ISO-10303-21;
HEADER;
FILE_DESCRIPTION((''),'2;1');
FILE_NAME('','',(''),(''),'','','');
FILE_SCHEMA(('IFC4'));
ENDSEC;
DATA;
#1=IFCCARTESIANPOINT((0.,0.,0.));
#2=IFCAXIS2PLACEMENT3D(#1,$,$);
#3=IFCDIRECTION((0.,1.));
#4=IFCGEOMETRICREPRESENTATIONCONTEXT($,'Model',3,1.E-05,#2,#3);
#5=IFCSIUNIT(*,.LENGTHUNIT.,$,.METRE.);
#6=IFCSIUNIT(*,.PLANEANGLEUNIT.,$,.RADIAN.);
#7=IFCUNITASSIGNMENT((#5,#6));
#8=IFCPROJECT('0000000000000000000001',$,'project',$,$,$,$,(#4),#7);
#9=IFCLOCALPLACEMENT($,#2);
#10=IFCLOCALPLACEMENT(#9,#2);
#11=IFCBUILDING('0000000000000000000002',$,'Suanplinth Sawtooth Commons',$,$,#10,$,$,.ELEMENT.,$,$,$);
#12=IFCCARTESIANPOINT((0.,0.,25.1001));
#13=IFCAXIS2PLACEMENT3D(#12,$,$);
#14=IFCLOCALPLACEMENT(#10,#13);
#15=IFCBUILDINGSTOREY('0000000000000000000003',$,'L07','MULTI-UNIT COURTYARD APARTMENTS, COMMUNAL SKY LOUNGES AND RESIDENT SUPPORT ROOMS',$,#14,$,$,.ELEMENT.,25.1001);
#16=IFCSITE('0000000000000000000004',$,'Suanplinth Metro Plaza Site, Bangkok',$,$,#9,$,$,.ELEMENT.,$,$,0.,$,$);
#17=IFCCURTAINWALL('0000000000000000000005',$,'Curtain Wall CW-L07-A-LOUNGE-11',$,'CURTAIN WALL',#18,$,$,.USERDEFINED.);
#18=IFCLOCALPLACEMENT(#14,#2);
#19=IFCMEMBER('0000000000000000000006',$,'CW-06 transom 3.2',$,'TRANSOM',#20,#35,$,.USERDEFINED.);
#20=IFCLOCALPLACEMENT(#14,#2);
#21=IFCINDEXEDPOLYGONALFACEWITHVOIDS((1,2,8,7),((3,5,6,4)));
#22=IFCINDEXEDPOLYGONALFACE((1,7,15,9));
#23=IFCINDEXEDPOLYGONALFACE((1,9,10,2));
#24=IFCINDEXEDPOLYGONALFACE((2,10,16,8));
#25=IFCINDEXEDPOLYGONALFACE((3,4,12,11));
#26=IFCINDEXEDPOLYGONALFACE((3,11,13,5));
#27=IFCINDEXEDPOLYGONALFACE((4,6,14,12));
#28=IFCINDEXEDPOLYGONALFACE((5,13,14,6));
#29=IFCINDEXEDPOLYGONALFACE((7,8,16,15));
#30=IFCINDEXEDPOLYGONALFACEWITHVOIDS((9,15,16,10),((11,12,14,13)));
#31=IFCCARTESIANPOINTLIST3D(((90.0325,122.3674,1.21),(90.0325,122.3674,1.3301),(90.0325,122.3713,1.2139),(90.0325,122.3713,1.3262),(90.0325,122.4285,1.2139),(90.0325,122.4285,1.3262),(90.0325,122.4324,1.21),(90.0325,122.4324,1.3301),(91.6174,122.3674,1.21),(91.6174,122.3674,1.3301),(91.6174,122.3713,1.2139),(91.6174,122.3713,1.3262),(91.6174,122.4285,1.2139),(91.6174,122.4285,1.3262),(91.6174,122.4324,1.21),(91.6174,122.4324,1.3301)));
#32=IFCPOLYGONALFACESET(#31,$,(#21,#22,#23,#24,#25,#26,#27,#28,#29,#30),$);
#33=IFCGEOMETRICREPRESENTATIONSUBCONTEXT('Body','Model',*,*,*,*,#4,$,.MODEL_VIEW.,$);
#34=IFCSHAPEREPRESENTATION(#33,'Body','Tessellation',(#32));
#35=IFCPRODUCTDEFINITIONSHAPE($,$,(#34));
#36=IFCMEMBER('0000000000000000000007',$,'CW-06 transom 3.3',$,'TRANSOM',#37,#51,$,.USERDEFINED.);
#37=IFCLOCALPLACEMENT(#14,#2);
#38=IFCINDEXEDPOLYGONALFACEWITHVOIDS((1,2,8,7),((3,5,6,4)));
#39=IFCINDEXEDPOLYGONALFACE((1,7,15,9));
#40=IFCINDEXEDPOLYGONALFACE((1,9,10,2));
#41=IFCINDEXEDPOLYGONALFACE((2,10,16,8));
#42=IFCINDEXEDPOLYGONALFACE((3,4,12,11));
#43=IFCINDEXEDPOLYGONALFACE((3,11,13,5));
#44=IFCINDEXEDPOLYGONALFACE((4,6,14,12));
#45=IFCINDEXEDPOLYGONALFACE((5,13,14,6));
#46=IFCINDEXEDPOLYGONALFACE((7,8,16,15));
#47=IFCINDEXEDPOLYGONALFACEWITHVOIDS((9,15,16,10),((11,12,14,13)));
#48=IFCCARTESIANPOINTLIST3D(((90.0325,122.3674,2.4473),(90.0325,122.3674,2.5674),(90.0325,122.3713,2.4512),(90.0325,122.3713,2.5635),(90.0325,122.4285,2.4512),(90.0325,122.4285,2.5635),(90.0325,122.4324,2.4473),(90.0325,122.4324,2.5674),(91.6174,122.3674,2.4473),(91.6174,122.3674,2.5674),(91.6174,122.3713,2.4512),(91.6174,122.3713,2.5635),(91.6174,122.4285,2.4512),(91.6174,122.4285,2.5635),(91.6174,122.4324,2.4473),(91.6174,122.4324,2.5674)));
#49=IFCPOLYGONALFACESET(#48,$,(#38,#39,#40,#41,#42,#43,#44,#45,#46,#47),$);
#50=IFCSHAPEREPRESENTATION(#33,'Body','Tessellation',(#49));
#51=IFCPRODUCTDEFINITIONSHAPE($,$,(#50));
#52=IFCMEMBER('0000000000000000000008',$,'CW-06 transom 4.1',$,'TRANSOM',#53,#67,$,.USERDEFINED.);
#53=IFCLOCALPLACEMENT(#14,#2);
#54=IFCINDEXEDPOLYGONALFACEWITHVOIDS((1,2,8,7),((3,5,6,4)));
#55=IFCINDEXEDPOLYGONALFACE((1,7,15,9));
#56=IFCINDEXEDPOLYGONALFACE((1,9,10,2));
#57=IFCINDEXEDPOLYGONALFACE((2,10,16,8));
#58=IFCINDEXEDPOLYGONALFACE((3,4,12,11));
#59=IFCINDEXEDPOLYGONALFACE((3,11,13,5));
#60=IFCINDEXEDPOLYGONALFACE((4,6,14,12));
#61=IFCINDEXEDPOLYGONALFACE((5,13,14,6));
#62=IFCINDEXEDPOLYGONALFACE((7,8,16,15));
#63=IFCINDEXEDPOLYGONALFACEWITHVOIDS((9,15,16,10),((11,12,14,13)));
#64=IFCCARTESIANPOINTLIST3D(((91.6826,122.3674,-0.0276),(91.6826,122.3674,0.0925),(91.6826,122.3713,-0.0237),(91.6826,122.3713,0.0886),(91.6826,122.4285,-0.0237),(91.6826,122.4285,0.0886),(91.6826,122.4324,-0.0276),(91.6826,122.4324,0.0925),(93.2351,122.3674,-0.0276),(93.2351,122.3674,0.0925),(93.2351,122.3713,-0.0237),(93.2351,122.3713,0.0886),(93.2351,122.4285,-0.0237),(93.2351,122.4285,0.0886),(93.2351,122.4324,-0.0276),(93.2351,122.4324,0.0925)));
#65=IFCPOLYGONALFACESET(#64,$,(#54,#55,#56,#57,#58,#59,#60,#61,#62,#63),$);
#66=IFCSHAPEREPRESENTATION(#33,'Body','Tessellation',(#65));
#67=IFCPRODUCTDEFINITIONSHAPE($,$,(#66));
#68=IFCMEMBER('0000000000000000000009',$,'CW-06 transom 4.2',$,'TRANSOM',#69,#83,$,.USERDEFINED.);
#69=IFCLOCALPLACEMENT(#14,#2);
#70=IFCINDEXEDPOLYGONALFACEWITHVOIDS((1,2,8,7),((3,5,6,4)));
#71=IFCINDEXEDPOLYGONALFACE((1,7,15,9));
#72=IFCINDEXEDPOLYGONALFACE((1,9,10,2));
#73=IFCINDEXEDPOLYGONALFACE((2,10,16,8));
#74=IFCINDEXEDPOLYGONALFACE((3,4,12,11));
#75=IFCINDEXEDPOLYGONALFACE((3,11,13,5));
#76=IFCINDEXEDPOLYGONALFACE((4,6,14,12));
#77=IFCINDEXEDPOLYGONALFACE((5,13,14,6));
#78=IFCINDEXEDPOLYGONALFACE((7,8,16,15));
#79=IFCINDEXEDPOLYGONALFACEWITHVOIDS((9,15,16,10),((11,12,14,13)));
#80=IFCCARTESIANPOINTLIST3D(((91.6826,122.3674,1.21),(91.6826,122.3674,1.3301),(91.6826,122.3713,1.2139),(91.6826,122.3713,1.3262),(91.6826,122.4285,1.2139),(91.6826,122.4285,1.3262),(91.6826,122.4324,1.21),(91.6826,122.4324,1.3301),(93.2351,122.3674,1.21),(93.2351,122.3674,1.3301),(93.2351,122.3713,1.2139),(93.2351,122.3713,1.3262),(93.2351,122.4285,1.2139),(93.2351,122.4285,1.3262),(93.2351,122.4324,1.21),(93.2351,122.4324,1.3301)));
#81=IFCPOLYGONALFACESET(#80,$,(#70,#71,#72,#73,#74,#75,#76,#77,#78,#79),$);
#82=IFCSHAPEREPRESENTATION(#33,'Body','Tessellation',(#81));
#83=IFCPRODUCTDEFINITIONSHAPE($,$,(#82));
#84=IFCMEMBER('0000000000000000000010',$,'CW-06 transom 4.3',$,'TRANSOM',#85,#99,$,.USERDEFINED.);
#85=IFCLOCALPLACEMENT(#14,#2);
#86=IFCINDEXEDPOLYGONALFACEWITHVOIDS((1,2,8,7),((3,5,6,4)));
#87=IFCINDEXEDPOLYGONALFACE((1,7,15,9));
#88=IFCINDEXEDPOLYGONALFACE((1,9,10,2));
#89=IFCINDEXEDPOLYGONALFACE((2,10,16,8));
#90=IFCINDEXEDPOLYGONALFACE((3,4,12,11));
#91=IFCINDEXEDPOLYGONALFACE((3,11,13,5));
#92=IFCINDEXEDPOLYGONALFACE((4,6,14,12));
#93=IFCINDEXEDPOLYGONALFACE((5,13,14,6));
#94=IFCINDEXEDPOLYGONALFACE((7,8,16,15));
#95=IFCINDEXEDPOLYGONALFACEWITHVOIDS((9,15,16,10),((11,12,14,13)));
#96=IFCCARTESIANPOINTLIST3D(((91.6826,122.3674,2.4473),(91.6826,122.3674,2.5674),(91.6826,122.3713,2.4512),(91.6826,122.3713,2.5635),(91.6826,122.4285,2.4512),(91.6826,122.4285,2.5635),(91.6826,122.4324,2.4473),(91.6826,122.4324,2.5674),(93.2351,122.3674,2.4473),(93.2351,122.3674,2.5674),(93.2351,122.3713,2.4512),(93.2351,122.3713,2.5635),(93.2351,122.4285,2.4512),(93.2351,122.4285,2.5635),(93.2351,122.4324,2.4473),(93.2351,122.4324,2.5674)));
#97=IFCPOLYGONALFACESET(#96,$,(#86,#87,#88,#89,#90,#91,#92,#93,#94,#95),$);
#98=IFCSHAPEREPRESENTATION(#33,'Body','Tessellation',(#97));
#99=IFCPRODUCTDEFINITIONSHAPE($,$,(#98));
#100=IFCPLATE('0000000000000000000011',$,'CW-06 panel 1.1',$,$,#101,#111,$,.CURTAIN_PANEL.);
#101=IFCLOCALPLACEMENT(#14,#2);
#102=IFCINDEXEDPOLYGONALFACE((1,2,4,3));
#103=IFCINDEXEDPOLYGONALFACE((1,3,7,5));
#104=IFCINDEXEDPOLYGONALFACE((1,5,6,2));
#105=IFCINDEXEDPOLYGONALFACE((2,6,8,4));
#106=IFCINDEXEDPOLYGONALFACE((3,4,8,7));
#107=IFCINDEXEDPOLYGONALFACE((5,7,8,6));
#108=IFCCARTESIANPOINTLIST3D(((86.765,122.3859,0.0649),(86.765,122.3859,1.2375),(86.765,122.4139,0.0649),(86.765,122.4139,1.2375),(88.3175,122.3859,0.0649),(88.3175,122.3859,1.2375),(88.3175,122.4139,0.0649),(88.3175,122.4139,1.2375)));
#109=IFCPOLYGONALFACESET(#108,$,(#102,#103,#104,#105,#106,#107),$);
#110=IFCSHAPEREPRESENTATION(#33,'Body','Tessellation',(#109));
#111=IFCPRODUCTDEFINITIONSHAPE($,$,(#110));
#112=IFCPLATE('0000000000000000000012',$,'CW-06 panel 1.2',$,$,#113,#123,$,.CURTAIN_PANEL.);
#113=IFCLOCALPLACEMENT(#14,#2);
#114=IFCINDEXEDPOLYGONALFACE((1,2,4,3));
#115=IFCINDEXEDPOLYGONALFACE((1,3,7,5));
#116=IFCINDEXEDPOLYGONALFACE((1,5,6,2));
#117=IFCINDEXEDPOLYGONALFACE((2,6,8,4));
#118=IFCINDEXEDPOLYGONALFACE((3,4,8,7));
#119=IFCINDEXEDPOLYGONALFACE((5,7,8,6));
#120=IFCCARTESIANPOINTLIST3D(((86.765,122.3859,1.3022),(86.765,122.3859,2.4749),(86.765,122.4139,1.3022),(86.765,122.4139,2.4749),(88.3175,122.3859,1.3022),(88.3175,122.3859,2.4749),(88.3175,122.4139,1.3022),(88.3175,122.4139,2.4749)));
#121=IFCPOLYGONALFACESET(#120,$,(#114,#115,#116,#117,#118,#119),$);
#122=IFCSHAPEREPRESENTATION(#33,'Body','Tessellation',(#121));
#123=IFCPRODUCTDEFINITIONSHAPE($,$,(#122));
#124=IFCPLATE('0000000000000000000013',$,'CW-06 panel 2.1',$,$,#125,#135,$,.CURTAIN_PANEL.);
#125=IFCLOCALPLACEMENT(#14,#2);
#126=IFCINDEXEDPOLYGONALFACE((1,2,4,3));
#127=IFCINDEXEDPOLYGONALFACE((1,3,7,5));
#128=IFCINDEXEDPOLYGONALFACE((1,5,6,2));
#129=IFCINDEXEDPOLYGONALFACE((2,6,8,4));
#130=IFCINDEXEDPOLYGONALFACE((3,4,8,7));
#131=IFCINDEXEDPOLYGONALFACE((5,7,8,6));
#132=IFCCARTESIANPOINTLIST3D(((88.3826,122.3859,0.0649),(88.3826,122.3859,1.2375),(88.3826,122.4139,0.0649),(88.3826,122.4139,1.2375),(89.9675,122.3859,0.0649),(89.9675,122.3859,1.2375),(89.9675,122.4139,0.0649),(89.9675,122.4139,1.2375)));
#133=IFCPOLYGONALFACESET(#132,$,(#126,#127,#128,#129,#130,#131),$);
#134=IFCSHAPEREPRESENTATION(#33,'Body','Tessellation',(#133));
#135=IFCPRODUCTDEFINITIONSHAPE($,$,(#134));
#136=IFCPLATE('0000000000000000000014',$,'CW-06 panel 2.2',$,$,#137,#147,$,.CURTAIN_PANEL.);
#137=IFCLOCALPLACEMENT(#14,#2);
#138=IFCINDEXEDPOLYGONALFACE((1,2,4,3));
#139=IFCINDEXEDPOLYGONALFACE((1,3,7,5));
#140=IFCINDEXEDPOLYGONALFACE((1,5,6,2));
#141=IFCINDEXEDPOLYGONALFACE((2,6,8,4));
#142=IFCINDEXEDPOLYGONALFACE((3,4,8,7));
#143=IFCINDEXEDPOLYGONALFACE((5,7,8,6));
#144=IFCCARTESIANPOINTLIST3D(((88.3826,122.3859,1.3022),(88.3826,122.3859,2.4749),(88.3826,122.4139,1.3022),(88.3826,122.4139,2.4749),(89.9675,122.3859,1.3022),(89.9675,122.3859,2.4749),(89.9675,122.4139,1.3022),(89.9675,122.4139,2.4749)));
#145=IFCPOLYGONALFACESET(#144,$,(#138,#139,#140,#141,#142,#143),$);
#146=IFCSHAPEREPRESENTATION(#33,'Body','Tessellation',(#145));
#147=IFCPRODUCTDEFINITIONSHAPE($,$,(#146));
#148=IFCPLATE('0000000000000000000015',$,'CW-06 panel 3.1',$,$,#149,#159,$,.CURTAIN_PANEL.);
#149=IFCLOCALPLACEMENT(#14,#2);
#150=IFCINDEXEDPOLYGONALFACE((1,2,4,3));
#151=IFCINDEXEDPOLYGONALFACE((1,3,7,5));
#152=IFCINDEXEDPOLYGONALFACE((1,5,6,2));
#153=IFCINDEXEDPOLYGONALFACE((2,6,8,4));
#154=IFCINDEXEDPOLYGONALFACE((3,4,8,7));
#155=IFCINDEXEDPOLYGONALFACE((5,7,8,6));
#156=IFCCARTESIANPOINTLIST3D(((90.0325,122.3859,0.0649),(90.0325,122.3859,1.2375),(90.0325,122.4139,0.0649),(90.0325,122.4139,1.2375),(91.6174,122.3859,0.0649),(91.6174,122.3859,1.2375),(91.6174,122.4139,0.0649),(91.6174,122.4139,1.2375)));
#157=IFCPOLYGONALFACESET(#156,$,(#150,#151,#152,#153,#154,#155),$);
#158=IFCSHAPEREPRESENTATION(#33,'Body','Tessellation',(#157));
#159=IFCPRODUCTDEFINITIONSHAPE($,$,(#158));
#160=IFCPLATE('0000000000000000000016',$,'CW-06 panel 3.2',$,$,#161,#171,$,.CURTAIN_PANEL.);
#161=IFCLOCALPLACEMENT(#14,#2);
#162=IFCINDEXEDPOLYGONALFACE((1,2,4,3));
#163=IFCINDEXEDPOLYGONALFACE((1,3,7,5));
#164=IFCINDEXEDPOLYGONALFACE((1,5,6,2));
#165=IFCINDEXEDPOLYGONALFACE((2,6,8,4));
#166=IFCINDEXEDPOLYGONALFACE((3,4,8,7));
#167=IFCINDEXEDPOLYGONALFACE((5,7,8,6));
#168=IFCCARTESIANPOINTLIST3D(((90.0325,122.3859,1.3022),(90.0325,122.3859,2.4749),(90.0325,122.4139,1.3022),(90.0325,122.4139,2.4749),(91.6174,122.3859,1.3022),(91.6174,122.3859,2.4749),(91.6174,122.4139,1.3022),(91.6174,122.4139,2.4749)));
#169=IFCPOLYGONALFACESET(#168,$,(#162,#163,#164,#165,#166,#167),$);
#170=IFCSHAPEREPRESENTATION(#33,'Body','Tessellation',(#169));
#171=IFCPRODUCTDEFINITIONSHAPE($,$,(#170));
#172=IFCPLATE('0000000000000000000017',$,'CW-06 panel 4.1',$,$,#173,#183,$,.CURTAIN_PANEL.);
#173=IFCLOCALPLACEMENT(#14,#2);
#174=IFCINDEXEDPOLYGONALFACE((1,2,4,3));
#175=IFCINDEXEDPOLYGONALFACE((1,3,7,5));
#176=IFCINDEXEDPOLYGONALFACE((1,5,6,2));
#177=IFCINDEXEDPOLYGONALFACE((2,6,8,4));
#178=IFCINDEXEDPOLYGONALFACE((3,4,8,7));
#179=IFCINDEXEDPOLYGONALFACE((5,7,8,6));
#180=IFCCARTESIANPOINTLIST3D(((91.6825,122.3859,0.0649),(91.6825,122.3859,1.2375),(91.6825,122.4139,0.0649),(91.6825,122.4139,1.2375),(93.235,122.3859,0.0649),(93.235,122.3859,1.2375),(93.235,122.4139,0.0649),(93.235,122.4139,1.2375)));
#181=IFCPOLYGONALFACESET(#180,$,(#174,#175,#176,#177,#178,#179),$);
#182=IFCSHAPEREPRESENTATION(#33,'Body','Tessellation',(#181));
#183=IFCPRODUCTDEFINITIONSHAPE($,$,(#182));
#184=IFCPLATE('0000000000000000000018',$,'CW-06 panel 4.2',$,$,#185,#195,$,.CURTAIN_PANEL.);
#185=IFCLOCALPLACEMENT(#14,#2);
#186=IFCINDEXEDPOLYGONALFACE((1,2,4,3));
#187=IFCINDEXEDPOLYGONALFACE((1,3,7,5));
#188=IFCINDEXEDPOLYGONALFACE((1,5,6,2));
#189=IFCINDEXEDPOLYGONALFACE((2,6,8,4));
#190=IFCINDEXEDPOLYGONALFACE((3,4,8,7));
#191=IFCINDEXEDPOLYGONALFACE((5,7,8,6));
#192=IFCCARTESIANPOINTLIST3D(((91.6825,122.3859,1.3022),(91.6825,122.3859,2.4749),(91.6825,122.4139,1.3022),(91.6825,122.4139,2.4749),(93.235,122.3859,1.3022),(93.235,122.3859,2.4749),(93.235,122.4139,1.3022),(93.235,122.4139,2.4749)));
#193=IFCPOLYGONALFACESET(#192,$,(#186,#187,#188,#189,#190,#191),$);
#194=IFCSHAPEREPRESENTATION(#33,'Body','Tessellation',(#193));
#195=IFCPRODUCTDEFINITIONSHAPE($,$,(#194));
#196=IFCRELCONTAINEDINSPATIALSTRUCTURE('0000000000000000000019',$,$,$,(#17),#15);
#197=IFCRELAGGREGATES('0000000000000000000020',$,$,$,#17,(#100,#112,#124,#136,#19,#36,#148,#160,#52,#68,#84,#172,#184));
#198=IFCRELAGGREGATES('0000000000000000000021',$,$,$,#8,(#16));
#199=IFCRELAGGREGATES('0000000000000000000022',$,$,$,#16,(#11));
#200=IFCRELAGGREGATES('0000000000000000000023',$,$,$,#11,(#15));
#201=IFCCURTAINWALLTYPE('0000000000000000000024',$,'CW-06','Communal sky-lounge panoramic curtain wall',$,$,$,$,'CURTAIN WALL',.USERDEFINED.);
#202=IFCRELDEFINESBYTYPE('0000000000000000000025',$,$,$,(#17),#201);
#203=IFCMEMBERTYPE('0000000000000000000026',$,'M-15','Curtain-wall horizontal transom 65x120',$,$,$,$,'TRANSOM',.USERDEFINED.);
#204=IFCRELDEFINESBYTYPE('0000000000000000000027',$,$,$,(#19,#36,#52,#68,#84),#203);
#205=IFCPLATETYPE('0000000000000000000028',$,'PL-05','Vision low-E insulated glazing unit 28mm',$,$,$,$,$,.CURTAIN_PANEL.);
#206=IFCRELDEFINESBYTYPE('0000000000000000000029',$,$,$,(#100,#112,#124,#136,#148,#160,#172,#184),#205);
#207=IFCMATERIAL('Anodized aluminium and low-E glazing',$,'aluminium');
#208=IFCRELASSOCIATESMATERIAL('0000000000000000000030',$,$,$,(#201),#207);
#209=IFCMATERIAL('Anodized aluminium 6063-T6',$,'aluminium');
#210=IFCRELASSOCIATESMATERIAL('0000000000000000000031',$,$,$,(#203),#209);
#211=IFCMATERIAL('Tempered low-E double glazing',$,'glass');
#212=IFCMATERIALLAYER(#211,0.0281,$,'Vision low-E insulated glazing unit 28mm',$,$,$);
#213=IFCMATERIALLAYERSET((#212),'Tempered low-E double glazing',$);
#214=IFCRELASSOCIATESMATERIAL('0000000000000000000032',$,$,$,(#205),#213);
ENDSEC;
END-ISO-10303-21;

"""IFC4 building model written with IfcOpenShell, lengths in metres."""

from ifc_helpers import new_model, si_unit, direction, frame, origin, origin_2d, place, context, subcontext, project, spatial, rectangle, hollow_rectangle, extrude, material, layer, layer_set, material_profile, profile_set, type_object, element, aggregate, save


model = new_model("IFC4")

# Units and contexts
model_context = context("Model", 3, precision=1e-05, world=origin(), true_north=direction((0.0, 1.0)))
body_context = subcontext(model_context, "Body", "Model", "MODEL_VIEW")
ifc_project = project(units=[si_unit("LENGTHUNIT", "METRE"), si_unit("PLANEANGLEUNIT", "RADIAN")], contexts=[model_context])

# Site, building, storey
site_placement = place(None, origin())
site = spatial("IfcSite", under=ifc_project, at=site_placement, Name="Suanplinth Metro Plaza Site, Bangkok", CompositionType="ELEMENT", RefElevation=0.0)
building_placement = place(site_placement, origin())
building = spatial("IfcBuilding", under=site, at=building_placement, Name="Suanplinth Sawtooth Commons", CompositionType="ELEMENT")
storey_placement = place(building_placement, frame((0.0, 0.0, 25.1001)))
storey = spatial("IfcBuildingStorey", under=building, at=storey_placement, Name="L07", Description="MULTI-UNIT COURTYARD APARTMENTS, COMMUNAL SKY LOUNGES AND RESIDENT SUPPORT ROOMS", CompositionType="ELEMENT", Elevation=25.1001)

# Curtain wall, members, plates
ifc_material_1 = material(Name="Anodized aluminium and low-E glazing", Category="aluminium")
curtain_wall_type = type_object("IfcCurtainWallType", Name="CW-06", Description="Communal sky-lounge panoramic curtain wall", ElementType="CURTAIN WALL", PredefinedType="USERDEFINED", material=ifc_material_1)
curtain_wall_placement = place(storey_placement, origin())
curtain_wall = element("IfcCurtainWall", 1, at=curtain_wall_placement, inside=storey, type_object=curtain_wall_type, Name="Curtain Wall CW-L07-A-LOUNGE-11", ObjectType="CURTAIN WALL", PredefinedType="USERDEFINED")
ifc_material_2 = material(Name="Anodized aluminium 6063-T6", Category="aluminium")
ifc_material_profile_1 = material_profile(ifc_material_2, hollow_rectangle(XDim=0.0649, YDim=0.1201, WallThickness=0.0039, at=origin_2d()), Name="ALU-TRN 65x120")
ifc_profile_set_1 = profile_set([ifc_material_profile_1], Name="Anodized aluminium 6063-T6")
member_type_1 = type_object("IfcMemberType", Name="M-15", Description="Curtain-wall horizontal transom 65x120", ElementType="TRANSOM", PredefinedType="USERDEFINED", material=ifc_profile_set_1)
member_1_placement = place(storey_placement, frame((90.0325, 122.3999, 1.27), z_axis=(1.0, 0.0, 0.0), x_axis=(0.0, 1.0, 0.0)))
member_1 = element("IfcMember", 2, at=member_1_placement, type_object=member_type_1, Name="CW-06 transom 3.2", ObjectType="TRANSOM", PredefinedType="USERDEFINED", context=body_context, shape_type="SweptSolid", body=[
    extrude(hollow_rectangle(XDim=0.0649, YDim=0.1201, WallThickness=0.0039, at=origin_2d()), origin(), (0.0, 0.0, 1.0), 1.585),
])
member_2_placement = place(storey_placement, frame((90.0325, 122.3999, 2.5073), z_axis=(1.0, 0.0, 0.0), x_axis=(0.0, 1.0, 0.0)))
member_2 = element("IfcMember", 3, at=member_2_placement, type_object=member_type_1, Name="CW-06 transom 3.3", ObjectType="TRANSOM", PredefinedType="USERDEFINED", context=body_context, shape_type="SweptSolid", body=[
    extrude(hollow_rectangle(XDim=0.0649, YDim=0.1201, WallThickness=0.0039, at=origin_2d()), origin(), (0.0, 0.0, 1.0), 1.585),
])
member_3_placement = place(storey_placement, frame((91.6826, 122.3999, 0.0325), z_axis=(1.0, 0.0, 0.0), x_axis=(0.0, 1.0, 0.0)))
member_3 = element("IfcMember", 4, at=member_3_placement, type_object=member_type_1, Name="CW-06 transom 4.1", ObjectType="TRANSOM", PredefinedType="USERDEFINED", context=body_context, shape_type="SweptSolid", body=[
    extrude(hollow_rectangle(XDim=0.0649, YDim=0.1201, WallThickness=0.0039, at=origin_2d()), origin(), (0.0, 0.0, 1.0), 1.5525),
])
member_4_placement = place(storey_placement, frame((91.6826, 122.3999, 1.27), z_axis=(1.0, 0.0, 0.0), x_axis=(0.0, 1.0, 0.0)))
member_4 = element("IfcMember", 5, at=member_4_placement, type_object=member_type_1, Name="CW-06 transom 4.2", ObjectType="TRANSOM", PredefinedType="USERDEFINED", context=body_context, shape_type="SweptSolid", body=[
    extrude(hollow_rectangle(XDim=0.0649, YDim=0.1201, WallThickness=0.0039, at=origin_2d()), origin(), (0.0, 0.0, 1.0), 1.5525),
])
member_5_placement = place(storey_placement, frame((91.6826, 122.3999, 2.5073), z_axis=(1.0, 0.0, 0.0), x_axis=(0.0, 1.0, 0.0)))
member_5 = element("IfcMember", 6, at=member_5_placement, type_object=member_type_1, Name="CW-06 transom 4.3", ObjectType="TRANSOM", PredefinedType="USERDEFINED", context=body_context, shape_type="SweptSolid", body=[
    extrude(hollow_rectangle(XDim=0.0649, YDim=0.1201, WallThickness=0.0039, at=origin_2d()), origin(), (0.0, 0.0, 1.0), 1.5525),
])
ifc_material_3 = material(Name="Tempered low-E double glazing", Category="glass")
ifc_layer = layer(ifc_material_3, 0.0281, Name="Vision low-E insulated glazing unit 28mm")
ifc_layer_set = layer_set([ifc_layer], Name="Tempered low-E double glazing")
plate_type = type_object("IfcPlateType", Name="PL-05", Description="Vision low-E insulated glazing unit 28mm", PredefinedType="CURTAIN_PANEL", material=ifc_layer_set)
plate_1_placement = place(storey_placement, frame((87.5413, 122.3999, 0.0649), z_axis=(0.0, 0.0, 1.0), x_axis=(1.0, 0.0, 0.0)))
plate_1 = element("IfcPlate", 7, at=plate_1_placement, type_object=plate_type, Name="CW-06 panel 1.1", PredefinedType="CURTAIN_PANEL", context=body_context, shape_type="SweptSolid", body=[
    extrude(rectangle(XDim=1.5525, YDim=0.0281, at=origin_2d()), origin(), (0.0, 0.0, 1.0), 1.1726),
])
plate_2_placement = place(storey_placement, frame((87.5413, 122.3999, 1.3022), z_axis=(0.0, 0.0, 1.0), x_axis=(1.0, 0.0, 0.0)))
plate_2 = element("IfcPlate", 8, at=plate_2_placement, type_object=plate_type, Name="CW-06 panel 1.2", PredefinedType="CURTAIN_PANEL", context=body_context, shape_type="SweptSolid", body=[
    extrude(rectangle(XDim=1.5525, YDim=0.0281, at=origin_2d()), origin(), (0.0, 0.0, 1.0), 1.1726),
])
plate_3_placement = place(storey_placement, frame((89.175, 122.3999, 0.0649), z_axis=(0.0, 0.0, 1.0), x_axis=(1.0, 0.0, 0.0)))
plate_3 = element("IfcPlate", 9, at=plate_3_placement, type_object=plate_type, Name="CW-06 panel 2.1", PredefinedType="CURTAIN_PANEL", context=body_context, shape_type="SweptSolid", body=[
    extrude(rectangle(XDim=1.585, YDim=0.0281, at=origin_2d()), origin(), (0.0, 0.0, 1.0), 1.1726),
])
plate_4_placement = place(storey_placement, frame((89.175, 122.3999, 1.3022), z_axis=(0.0, 0.0, 1.0), x_axis=(1.0, 0.0, 0.0)))
plate_4 = element("IfcPlate", 10, at=plate_4_placement, type_object=plate_type, Name="CW-06 panel 2.2", PredefinedType="CURTAIN_PANEL", context=body_context, shape_type="SweptSolid", body=[
    extrude(rectangle(XDim=1.585, YDim=0.0281, at=origin_2d()), origin(), (0.0, 0.0, 1.0), 1.1726),
])
plate_5_placement = place(storey_placement, frame((90.825, 122.3999, 0.0649), z_axis=(0.0, 0.0, 1.0), x_axis=(1.0, 0.0, 0.0)))
plate_5 = element("IfcPlate", 11, at=plate_5_placement, type_object=plate_type, Name="CW-06 panel 3.1", PredefinedType="CURTAIN_PANEL", context=body_context, shape_type="SweptSolid", body=[
    extrude(rectangle(XDim=1.585, YDim=0.0281, at=origin_2d()), origin(), (0.0, 0.0, 1.0), 1.1726),
])
plate_6_placement = place(storey_placement, frame((90.825, 122.3999, 1.3022), z_axis=(0.0, 0.0, 1.0), x_axis=(1.0, 0.0, 0.0)))
plate_6 = element("IfcPlate", 12, at=plate_6_placement, type_object=plate_type, Name="CW-06 panel 3.2", PredefinedType="CURTAIN_PANEL", context=body_context, shape_type="SweptSolid", body=[
    extrude(rectangle(XDim=1.585, YDim=0.0281, at=origin_2d()), origin(), (0.0, 0.0, 1.0), 1.1726),
])
plate_7_placement = place(storey_placement, frame((92.4587, 122.3999, 0.0649), z_axis=(0.0, 0.0, 1.0), x_axis=(1.0, 0.0, 0.0)))
plate_7 = element("IfcPlate", 13, at=plate_7_placement, type_object=plate_type, Name="CW-06 panel 4.1", PredefinedType="CURTAIN_PANEL", context=body_context, shape_type="SweptSolid", body=[
    extrude(rectangle(XDim=1.5525, YDim=0.0281, at=origin_2d()), origin(), (0.0, 0.0, 1.0), 1.1726),
])
plate_8_placement = place(storey_placement, frame((92.4587, 122.3999, 1.3022), z_axis=(0.0, 0.0, 1.0), x_axis=(1.0, 0.0, 0.0)))
plate_8 = element("IfcPlate", 14, at=plate_8_placement, type_object=plate_type, Name="CW-06 panel 4.2", PredefinedType="CURTAIN_PANEL", context=body_context, shape_type="SweptSolid", body=[
    extrude(rectangle(XDim=1.5525, YDim=0.0281, at=origin_2d()), origin(), (0.0, 0.0, 1.0), 1.1726),
])
aggregate(curtain_wall, [plate_1, plate_2, plate_3, plate_4, member_1, member_2, plate_5, plate_6, member_3, member_4, member_5, plate_7, plate_8])

save(model, "model.ifc")
